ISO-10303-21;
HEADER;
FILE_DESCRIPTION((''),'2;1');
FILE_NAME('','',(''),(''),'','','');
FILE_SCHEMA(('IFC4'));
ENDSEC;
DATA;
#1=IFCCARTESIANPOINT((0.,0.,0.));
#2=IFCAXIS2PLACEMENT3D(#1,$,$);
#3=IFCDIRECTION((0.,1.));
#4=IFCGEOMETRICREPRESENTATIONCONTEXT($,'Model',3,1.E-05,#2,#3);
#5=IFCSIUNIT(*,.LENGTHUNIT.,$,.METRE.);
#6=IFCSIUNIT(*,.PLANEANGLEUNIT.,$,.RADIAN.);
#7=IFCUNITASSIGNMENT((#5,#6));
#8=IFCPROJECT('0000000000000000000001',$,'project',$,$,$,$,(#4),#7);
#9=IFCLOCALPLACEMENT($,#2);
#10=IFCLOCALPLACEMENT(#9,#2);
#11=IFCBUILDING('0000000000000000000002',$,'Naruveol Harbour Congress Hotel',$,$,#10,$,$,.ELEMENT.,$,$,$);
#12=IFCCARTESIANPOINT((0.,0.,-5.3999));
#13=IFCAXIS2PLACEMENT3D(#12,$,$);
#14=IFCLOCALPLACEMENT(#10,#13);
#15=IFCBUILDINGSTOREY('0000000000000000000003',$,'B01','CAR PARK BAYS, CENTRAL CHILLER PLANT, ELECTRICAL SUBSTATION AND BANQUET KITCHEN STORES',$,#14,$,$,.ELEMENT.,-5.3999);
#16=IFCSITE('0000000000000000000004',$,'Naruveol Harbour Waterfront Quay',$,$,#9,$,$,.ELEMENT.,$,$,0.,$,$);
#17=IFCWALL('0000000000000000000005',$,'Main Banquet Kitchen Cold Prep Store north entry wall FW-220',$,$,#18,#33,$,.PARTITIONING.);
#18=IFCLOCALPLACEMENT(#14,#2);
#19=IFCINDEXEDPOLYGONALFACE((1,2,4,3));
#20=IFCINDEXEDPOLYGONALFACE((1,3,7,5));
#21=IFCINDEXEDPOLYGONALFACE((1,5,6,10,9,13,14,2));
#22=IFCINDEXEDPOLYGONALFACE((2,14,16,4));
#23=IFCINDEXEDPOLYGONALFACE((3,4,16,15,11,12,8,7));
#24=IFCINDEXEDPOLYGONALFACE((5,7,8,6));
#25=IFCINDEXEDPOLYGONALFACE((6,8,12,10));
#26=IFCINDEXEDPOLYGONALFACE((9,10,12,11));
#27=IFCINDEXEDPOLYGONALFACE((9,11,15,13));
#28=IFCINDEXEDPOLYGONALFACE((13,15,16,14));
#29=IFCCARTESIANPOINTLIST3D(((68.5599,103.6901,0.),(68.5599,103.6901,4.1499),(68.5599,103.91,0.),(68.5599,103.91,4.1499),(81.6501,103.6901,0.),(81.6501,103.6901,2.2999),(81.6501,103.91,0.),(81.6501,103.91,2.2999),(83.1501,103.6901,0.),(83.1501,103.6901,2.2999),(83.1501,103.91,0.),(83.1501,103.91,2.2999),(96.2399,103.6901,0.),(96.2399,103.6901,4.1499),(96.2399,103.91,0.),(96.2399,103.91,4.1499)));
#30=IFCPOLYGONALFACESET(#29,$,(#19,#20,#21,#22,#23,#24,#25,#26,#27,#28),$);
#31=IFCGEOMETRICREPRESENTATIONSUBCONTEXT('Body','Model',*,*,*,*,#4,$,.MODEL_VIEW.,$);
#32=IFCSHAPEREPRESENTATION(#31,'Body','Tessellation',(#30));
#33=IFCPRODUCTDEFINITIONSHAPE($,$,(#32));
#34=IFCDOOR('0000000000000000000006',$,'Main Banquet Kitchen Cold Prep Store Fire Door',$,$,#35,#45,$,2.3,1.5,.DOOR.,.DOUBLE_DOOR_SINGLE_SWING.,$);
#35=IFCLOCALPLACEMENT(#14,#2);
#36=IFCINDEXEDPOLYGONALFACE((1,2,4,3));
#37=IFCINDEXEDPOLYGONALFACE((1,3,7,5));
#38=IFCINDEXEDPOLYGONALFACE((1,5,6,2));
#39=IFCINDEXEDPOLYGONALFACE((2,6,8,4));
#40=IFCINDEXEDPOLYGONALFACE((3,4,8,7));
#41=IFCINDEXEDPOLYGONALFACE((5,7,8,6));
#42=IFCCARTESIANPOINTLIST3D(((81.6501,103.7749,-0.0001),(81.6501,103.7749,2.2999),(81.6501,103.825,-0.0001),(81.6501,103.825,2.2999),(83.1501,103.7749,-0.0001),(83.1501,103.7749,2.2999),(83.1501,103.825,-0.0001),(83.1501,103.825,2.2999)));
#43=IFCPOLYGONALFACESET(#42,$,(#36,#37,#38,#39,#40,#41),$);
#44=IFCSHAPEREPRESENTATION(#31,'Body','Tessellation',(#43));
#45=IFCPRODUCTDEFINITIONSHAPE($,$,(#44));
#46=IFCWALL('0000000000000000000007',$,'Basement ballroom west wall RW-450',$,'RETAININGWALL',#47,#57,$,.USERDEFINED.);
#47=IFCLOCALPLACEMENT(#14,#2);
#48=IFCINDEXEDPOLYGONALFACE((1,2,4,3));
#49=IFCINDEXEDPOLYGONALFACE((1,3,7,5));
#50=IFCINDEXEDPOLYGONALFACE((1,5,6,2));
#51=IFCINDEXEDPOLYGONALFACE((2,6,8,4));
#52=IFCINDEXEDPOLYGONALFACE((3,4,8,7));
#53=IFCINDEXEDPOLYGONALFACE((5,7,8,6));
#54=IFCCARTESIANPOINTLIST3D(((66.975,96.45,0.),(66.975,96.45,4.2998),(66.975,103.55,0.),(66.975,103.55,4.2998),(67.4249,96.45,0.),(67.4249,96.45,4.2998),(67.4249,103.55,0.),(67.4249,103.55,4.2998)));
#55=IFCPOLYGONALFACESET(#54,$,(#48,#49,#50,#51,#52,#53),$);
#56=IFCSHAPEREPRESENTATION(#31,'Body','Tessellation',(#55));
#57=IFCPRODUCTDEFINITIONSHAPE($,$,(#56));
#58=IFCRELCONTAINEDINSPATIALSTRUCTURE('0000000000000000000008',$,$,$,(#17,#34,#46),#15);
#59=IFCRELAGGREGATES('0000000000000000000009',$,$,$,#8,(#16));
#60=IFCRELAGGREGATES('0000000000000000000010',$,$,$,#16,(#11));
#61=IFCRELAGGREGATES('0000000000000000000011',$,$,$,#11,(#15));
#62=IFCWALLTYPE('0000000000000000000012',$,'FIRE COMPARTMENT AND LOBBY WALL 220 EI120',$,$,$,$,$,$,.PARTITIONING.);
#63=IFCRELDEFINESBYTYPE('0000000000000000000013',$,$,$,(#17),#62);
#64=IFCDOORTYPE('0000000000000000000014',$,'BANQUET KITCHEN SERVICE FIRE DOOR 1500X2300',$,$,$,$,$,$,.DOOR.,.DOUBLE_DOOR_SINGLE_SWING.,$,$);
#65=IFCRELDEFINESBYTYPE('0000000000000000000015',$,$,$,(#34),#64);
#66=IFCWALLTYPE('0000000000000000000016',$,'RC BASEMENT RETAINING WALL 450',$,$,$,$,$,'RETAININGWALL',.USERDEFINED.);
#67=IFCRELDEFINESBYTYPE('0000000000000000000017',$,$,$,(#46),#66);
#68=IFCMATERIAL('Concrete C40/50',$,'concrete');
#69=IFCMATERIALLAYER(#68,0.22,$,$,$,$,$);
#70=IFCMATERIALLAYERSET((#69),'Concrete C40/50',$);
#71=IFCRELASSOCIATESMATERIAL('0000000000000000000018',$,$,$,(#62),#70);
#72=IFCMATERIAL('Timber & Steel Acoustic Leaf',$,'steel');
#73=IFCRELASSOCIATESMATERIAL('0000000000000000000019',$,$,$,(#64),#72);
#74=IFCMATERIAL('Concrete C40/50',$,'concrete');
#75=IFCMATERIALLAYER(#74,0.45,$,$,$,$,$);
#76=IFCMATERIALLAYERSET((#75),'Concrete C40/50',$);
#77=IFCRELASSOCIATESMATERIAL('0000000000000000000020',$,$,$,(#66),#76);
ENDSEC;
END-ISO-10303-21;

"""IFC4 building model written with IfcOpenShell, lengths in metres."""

from ifc_helpers import new_model, si_unit, direction, frame, frame_2d, origin, place, context, subcontext, project, spatial, rectangle, extrude, material, layer, layer_set, type_object, element, fill, save


model = new_model("IFC4")

# Units and contexts
model_context = context("Model", 3, precision=1e-05, world=origin(), true_north=direction((0.0, 1.0)))
body_context = subcontext(model_context, "Body", "Model", "MODEL_VIEW")
ifc_project = project(units=[si_unit("LENGTHUNIT", "METRE"), si_unit("PLANEANGLEUNIT", "RADIAN")], contexts=[model_context])

# Site, building, storey
site_placement = place(None, origin())
site = spatial("IfcSite", under=ifc_project, at=site_placement, Name="Naruveol Harbour Waterfront Quay", CompositionType="ELEMENT", RefElevation=0.0)
building_placement = place(site_placement, origin())
building = spatial("IfcBuilding", under=site, at=building_placement, Name="Naruveol Harbour Congress Hotel", CompositionType="ELEMENT")
storey_placement = place(building_placement, frame((0.0, 0.0, -5.3999)))
storey = spatial("IfcBuildingStorey", under=building, at=storey_placement, Name="B01", Description="CAR PARK BAYS, CENTRAL CHILLER PLANT, ELECTRICAL SUBSTATION AND BANQUET KITCHEN STORES", CompositionType="ELEMENT", Elevation=-5.3999)

# Wall, opening, door
ifc_material_1 = material(Name="Concrete C40/50", Category="concrete")
ifc_layer_1 = layer(ifc_material_1, 0.22)
ifc_layer_set_1 = layer_set([ifc_layer_1], Name="Concrete C40/50")
wall_type_1 = type_object("IfcWallType", Name="FIRE COMPARTMENT AND LOBBY WALL 220 EI120", PredefinedType="PARTITIONING", material=ifc_layer_set_1)
wall_1_placement = place(storey_placement, frame((68.5601, 103.8, 0.0), z_axis=(0.0, 0.0, 1.0), x_axis=(1.0, 0.0, 0.0)))
wall_1 = element("IfcWall", 1, at=wall_1_placement, inside=storey, type_object=wall_type_1, Name="Main Banquet Kitchen Cold Prep Store north entry wall FW-220", PredefinedType="PARTITIONING", context=body_context, shape_type="SweptSolid", body=[
    extrude(rectangle(XDim=27.6799, YDim=0.22, at=frame_2d((13.8398, 0.0))), origin(), (0.0, 0.0, 1.0), 4.1499),
])
opening_placement = place(wall_1_placement, frame((13.0901, 0.0, 0.0)))
opening = element("IfcOpeningElement", 2, at=opening_placement, cuts=wall_1, PredefinedType="OPENING", context=body_context, shape_type="SweptSolid", body=[
    extrude(rectangle(XDim=1.5, YDim=2.3, at=frame_2d((0.75, 1.1499))), frame((0.0, 0.1199, 0.0), z_axis=(0.0, -1.0, 0.0), x_axis=(1.0, 0.0, 0.0)), (0.0, 0.0, 1.0), 0.24),
])
ifc_material_2 = material(Name="Timber & Steel Acoustic Leaf", Category="steel")
door_type = type_object("IfcDoorType", Name="BANQUET KITCHEN SERVICE FIRE DOOR 1500X2300", OperationType="DOUBLE_DOOR_SINGLE_SWING", PredefinedType="DOOR", material=ifc_material_2)
door_placement = place(opening_placement, origin())
door = element("IfcDoor", 3, at=door_placement, inside=storey, type_object=door_type, Name="Main Banquet Kitchen Cold Prep Store Fire Door", OperationType="DOUBLE_DOOR_SINGLE_SWING", OverallHeight=2.3, OverallWidth=1.5, PredefinedType="DOOR", context=body_context, shape_type="SweptSolid", body=[
    extrude(rectangle(XDim=1.5, YDim=2.3, at=frame_2d((0.75, 1.1499))), frame((0.0, 0.0249, 0.0), z_axis=(0.0, -1.0, 0.0), x_axis=(1.0, 0.0, 0.0)), (0.0, 0.0, 1.0), 0.05),
])
fill(opening, door)

# Wall
ifc_material_3 = material(Name="Concrete C40/50", Category="concrete")
ifc_layer_2 = layer(ifc_material_3, 0.45)
ifc_layer_set_2 = layer_set([ifc_layer_2], Name="Concrete C40/50")
wall_type_2 = type_object("IfcWallType", Name="RC BASEMENT RETAINING WALL 450", ElementType="RETAININGWALL", PredefinedType="USERDEFINED", material=ifc_layer_set_2)
wall_2_placement = place(storey_placement, frame((67.2, 96.45, 0.0), z_axis=(0.0, 0.0, 1.0), x_axis=(0.0, 1.0, 0.0)))
element("IfcWall", 4, at=wall_2_placement, inside=storey, type_object=wall_type_2, Name="Basement ballroom west wall RW-450", ObjectType="RETAININGWALL", PredefinedType="USERDEFINED", context=body_context, shape_type="SweptSolid", body=[
    extrude(rectangle(XDim=7.1001, YDim=0.45, at=frame_2d((3.55, 0.0))), origin(), (0.0, 0.0, 1.0), 4.2998),
])

save(model, "model.ifc")
